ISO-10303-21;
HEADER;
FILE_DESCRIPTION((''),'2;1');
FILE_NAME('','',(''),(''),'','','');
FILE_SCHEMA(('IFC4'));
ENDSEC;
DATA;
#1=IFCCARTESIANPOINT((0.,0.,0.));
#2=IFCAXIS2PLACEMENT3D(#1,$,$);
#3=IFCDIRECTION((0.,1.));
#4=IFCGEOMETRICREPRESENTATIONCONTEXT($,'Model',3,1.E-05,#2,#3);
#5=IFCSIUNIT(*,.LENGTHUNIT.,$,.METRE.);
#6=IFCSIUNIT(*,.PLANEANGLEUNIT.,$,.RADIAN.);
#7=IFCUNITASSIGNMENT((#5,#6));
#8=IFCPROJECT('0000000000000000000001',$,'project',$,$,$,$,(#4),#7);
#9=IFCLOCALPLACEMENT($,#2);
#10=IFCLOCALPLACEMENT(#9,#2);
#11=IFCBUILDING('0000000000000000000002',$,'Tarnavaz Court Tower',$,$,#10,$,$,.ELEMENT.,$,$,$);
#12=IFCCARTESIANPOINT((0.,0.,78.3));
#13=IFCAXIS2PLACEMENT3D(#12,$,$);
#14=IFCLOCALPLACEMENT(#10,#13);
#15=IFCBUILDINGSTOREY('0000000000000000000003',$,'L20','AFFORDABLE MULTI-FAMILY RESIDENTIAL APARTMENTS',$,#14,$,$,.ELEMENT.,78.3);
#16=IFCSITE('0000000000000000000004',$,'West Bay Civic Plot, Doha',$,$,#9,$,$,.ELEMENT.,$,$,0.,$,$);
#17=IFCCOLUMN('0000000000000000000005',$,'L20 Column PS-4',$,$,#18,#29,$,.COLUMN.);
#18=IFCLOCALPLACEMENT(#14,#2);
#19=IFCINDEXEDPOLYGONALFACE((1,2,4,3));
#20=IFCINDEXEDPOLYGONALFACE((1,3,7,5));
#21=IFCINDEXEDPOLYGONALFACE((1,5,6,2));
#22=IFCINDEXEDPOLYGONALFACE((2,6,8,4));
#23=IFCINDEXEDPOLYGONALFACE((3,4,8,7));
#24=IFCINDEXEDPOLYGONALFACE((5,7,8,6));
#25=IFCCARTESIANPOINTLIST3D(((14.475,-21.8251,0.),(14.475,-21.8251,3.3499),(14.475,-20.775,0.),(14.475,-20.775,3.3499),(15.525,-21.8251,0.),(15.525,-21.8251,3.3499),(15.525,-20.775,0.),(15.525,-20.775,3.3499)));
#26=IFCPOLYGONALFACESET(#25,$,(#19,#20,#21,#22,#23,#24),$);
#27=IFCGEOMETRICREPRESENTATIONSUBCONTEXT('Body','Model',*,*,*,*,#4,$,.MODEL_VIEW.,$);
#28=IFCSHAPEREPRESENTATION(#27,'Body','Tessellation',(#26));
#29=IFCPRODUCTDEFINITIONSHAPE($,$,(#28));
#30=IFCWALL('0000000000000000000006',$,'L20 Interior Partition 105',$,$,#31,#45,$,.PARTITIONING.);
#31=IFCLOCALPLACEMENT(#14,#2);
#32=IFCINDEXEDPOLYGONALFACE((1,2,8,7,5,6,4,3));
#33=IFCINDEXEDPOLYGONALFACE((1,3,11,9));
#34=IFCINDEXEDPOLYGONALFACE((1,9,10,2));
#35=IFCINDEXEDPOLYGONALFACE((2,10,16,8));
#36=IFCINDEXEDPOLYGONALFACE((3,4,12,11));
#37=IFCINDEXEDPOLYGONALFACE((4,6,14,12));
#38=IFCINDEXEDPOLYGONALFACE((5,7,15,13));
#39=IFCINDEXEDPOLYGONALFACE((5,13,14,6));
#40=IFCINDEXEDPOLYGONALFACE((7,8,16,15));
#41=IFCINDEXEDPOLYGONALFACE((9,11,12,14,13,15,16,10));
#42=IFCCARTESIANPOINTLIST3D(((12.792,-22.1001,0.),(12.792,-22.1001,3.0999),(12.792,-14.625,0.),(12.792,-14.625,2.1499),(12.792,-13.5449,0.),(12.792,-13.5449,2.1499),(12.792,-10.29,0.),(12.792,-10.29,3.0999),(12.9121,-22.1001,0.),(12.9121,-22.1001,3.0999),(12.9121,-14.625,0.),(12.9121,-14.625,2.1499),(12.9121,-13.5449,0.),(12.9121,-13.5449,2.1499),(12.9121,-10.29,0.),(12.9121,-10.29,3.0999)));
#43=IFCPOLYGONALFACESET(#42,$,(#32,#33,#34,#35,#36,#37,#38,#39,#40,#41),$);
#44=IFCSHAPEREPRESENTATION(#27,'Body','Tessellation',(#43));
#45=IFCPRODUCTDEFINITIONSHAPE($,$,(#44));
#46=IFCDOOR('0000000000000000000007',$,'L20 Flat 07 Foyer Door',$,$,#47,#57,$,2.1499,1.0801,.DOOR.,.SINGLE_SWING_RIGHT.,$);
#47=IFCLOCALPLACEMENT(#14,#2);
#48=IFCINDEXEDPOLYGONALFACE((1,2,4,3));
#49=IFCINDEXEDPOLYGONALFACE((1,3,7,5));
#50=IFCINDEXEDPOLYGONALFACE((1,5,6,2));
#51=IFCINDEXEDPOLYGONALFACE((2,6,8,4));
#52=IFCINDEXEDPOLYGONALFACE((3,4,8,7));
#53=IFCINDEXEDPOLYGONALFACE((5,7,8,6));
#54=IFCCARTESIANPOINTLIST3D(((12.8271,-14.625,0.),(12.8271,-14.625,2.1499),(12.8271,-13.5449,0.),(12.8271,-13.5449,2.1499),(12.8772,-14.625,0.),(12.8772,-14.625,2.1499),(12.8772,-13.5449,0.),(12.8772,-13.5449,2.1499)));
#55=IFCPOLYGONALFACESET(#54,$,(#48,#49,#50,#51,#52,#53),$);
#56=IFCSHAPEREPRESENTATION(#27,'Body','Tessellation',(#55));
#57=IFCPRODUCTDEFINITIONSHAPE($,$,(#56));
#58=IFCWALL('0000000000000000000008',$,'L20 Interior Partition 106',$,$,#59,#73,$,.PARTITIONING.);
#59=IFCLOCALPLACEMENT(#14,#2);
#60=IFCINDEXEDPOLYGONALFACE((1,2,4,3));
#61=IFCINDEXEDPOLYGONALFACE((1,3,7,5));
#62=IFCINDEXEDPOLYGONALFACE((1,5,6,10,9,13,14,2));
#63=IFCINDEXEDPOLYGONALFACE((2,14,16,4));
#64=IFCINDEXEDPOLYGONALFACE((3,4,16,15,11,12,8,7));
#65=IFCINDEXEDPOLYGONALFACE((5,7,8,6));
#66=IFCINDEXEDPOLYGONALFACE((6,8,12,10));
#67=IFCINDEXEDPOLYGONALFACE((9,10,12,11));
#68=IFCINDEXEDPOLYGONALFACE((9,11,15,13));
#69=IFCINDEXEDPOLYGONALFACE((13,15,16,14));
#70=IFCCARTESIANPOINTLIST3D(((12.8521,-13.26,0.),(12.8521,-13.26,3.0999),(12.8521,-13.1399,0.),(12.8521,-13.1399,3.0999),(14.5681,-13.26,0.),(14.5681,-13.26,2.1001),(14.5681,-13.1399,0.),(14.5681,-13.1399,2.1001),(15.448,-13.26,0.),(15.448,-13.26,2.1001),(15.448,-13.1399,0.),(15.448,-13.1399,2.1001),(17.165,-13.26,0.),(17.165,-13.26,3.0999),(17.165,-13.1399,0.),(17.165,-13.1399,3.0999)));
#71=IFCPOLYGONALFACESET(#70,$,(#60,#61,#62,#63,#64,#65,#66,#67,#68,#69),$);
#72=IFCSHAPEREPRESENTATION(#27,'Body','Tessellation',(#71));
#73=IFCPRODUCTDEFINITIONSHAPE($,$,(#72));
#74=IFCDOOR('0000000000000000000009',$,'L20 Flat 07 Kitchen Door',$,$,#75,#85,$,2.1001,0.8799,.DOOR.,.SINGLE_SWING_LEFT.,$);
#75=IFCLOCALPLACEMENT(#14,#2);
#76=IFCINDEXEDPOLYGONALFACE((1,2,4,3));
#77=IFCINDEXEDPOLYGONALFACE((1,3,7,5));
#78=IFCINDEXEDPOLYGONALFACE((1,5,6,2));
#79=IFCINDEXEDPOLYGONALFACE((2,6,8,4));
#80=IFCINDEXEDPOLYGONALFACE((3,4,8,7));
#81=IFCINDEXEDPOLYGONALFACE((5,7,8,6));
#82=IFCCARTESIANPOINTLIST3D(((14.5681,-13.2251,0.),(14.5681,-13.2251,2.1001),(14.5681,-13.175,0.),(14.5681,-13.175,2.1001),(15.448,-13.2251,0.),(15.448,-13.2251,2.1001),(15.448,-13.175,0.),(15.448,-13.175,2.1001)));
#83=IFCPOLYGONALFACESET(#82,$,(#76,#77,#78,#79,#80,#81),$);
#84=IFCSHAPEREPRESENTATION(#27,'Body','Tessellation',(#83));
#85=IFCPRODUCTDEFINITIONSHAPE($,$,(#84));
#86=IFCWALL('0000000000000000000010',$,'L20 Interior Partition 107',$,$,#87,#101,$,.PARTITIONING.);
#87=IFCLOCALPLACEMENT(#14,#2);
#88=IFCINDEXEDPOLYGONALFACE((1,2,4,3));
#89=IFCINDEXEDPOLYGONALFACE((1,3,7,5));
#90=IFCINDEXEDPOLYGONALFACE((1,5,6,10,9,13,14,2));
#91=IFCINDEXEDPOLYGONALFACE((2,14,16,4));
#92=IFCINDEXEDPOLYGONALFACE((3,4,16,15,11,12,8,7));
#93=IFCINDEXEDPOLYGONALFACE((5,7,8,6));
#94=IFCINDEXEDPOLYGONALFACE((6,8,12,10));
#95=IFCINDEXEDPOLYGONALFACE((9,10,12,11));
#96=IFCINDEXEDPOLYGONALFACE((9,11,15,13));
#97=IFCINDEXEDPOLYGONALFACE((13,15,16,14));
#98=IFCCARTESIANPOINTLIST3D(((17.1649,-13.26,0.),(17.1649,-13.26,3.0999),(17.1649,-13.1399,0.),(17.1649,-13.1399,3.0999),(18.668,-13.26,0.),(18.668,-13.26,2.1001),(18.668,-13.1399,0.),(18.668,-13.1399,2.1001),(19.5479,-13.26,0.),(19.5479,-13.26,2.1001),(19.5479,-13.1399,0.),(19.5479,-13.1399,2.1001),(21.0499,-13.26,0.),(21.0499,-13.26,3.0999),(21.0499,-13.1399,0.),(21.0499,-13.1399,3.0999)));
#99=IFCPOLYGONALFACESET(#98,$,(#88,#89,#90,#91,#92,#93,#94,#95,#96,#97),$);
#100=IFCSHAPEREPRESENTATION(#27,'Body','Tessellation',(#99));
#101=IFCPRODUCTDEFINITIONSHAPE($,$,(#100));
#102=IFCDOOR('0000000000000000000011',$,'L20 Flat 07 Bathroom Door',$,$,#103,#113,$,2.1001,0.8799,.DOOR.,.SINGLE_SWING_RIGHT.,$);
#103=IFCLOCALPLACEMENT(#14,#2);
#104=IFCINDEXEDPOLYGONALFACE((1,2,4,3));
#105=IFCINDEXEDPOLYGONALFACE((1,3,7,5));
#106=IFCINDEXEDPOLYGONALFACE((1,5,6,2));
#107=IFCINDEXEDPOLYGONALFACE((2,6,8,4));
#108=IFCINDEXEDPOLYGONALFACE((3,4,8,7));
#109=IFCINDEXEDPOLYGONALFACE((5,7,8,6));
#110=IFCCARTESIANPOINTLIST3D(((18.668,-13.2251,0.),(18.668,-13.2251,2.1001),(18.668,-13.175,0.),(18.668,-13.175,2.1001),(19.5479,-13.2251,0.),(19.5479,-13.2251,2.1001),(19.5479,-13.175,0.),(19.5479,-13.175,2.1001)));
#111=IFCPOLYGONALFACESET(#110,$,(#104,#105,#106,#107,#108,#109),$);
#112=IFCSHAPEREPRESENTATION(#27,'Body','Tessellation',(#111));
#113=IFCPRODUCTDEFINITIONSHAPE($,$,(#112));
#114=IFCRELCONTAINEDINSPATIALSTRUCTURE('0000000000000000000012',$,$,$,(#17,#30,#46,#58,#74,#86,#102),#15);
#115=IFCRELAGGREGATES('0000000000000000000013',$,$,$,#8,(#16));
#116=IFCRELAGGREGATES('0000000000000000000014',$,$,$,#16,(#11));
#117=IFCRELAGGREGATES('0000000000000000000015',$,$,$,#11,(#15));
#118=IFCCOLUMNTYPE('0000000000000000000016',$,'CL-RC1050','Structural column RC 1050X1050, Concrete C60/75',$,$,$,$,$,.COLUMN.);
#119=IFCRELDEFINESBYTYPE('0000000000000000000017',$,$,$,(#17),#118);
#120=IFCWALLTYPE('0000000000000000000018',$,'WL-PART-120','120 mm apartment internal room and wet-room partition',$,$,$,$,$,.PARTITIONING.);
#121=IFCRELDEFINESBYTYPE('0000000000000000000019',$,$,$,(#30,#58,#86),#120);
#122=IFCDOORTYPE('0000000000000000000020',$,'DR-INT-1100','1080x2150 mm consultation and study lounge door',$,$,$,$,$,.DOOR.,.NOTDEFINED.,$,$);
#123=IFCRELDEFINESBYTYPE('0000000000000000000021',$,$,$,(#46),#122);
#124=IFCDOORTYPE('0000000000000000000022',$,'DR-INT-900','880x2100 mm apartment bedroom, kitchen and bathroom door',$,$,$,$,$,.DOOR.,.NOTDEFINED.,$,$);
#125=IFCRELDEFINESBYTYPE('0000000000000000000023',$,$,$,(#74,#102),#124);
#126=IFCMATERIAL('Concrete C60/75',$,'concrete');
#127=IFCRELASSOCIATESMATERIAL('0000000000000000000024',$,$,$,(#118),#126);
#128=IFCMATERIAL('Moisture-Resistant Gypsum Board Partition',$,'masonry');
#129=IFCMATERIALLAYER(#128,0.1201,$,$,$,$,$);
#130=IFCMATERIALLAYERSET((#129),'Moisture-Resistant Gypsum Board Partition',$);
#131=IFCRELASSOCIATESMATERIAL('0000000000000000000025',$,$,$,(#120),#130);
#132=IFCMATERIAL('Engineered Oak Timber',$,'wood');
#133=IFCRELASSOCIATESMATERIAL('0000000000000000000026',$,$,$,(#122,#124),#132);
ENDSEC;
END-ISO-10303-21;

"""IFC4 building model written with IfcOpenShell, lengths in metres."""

from ifc_helpers import new_model, si_unit, direction, frame, frame_2d, origin, origin_2d, place, context, subcontext, project, spatial, rectangle, extrude, material, layer, layer_set, material_profile, profile_set, type_object, element, fill, save


model = new_model("IFC4")

# Units and contexts
model_context = context("Model", 3, precision=1e-05, world=origin(), true_north=direction((0.0, 1.0)))
body_context = subcontext(model_context, "Body", "Model", "MODEL_VIEW")
ifc_project = project(units=[si_unit("LENGTHUNIT", "METRE"), si_unit("PLANEANGLEUNIT", "RADIAN")], contexts=[model_context])

# Site, building, storey
site_placement = place(None, origin())
site = spatial("IfcSite", under=ifc_project, at=site_placement, Name="West Bay Civic Plot, Doha", CompositionType="ELEMENT", RefElevation=0.0)
building_placement = place(site_placement, origin())
building = spatial("IfcBuilding", under=site, at=building_placement, Name="Tarnavaz Court Tower", CompositionType="ELEMENT")
storey_placement = place(building_placement, frame((0.0, 0.0, 78.3)))
storey = spatial("IfcBuildingStorey", under=building, at=storey_placement, Name="L20", Description="AFFORDABLE MULTI-FAMILY RESIDENTIAL APARTMENTS", CompositionType="ELEMENT", Elevation=78.3)

# Column
ifc_material_1 = material(Name="Concrete C60/75", Category="concrete")
ifc_material_profile_1 = material_profile(ifc_material_1, rectangle(XDim=1.05, YDim=1.05, at=origin_2d()), Name="RC 1050X1050")
ifc_profile_set_1 = profile_set([ifc_material_profile_1], Name="Concrete C60/75")
column_type = type_object("IfcColumnType", Name="CL-RC1050", Description="Structural column RC 1050X1050, Concrete C60/75", PredefinedType="COLUMN", material=ifc_profile_set_1)
column_placement = place(storey_placement, frame((15.0, -21.3, 0.0), z_axis=(0.0, 0.0, 1.0), x_axis=(1.0, 0.0, 0.0)))
element("IfcColumn", 1, at=column_placement, inside=storey, type_object=column_type, Name="L20 Column PS-4", PredefinedType="COLUMN", context=body_context, shape_type="SweptSolid", body=[
    extrude(rectangle(XDim=1.05, YDim=1.05, at=origin_2d()), origin(), (0.0, 0.0, 1.0), 3.3499),
])

# Walls, openings, doors
ifc_material_2 = material(Name="Moisture-Resistant Gypsum Board Partition", Category="masonry")
ifc_layer_1 = layer(ifc_material_2, 0.1201)
ifc_layer_set_1 = layer_set([ifc_layer_1], Name="Moisture-Resistant Gypsum Board Partition")
wall_type_1 = type_object("IfcWallType", Name="WL-PART-120", Description="120 mm apartment internal room and wet-room partition", PredefinedType="PARTITIONING", material=ifc_layer_set_1)
wall_1_placement = place(storey_placement, frame((12.8521, -22.1001, 0.0), z_axis=(0.0, 0.0, 1.0), x_axis=(0.0, 1.0, 0.0)))
wall_1 = element("IfcWall", 2, at=wall_1_placement, inside=storey, type_object=wall_type_1, Name="L20 Interior Partition 105", PredefinedType="PARTITIONING", context=body_context, shape_type="SweptSolid", body=[
    extrude(rectangle(XDim=11.8101, YDim=0.1201, at=frame_2d((5.905, 0.0))), origin(), (0.0, 0.0, 1.0), 3.0999),
])
opening_1_placement = place(wall_1_placement, frame((7.4751, 0.0, 0.0)))
opening_1 = element("IfcOpeningElement", 3, at=opening_1_placement, cuts=wall_1, PredefinedType="OPENING", context=body_context, shape_type="SweptSolid", body=[
    extrude(rectangle(XDim=1.0801, YDim=2.1499, at=frame_2d((0.54, 1.075))), frame((0.0, 0.0701, 0.0), z_axis=(0.0, -1.0, 0.0), x_axis=(1.0, 0.0, 0.0)), (0.0, 0.0, 1.0), 0.1401),
])
ifc_material_3 = material(Name="Engineered Oak Timber", Category="wood")
door_type_1 = type_object("IfcDoorType", Name="DR-INT-1100", Description="1080x2150 mm consultation and study lounge door", OperationType="NOTDEFINED", PredefinedType="DOOR", material=ifc_material_3)
door_1_placement = place(opening_1_placement, origin())
door_1 = element("IfcDoor", 4, at=door_1_placement, inside=storey, type_object=door_type_1, Name="L20 Flat 07 Foyer Door", OperationType="SINGLE_SWING_RIGHT", OverallHeight=2.1499, OverallWidth=1.0801, PredefinedType="DOOR", context=body_context, shape_type="SweptSolid", body=[
    extrude(rectangle(XDim=1.0801, YDim=2.1499, at=frame_2d((0.54, 1.075))), frame((0.0, 0.0249, 0.0), z_axis=(0.0, -1.0, 0.0), x_axis=(1.0, 0.0, 0.0)), (0.0, 0.0, 1.0), 0.05),
])
fill(opening_1, door_1)
wall_2_placement = place(storey_placement, frame((12.8521, -13.2, 0.0), z_axis=(0.0, 0.0, 1.0), x_axis=(1.0, 0.0, 0.0)))
wall_2 = element("IfcWall", 5, at=wall_2_placement, inside=storey, type_object=wall_type_1, Name="L20 Interior Partition 106", PredefinedType="PARTITIONING", context=body_context, shape_type="SweptSolid", body=[
    extrude(rectangle(XDim=4.313, YDim=0.1201, at=frame_2d((2.1565, 0.0))), origin(), (0.0, 0.0, 1.0), 3.0999),
])
opening_2_placement = place(wall_2_placement, frame((1.7161, 0.0, 0.0)))
opening_2 = element("IfcOpeningElement", 6, at=opening_2_placement, cuts=wall_2, PredefinedType="OPENING", context=body_context, shape_type="SweptSolid", body=[
    extrude(rectangle(XDim=0.8799, YDim=2.1001, at=frame_2d((0.4399, 1.05))), frame((0.0, 0.0701, 0.0), z_axis=(0.0, -1.0, 0.0), x_axis=(1.0, 0.0, 0.0)), (0.0, 0.0, 1.0), 0.1401),
])
door_type_2 = type_object("IfcDoorType", Name="DR-INT-900", Description="880x2100 mm apartment bedroom, kitchen and bathroom door", OperationType="NOTDEFINED", PredefinedType="DOOR", material=ifc_material_3)
door_2_placement = place(opening_2_placement, origin())
door_2 = element("IfcDoor", 7, at=door_2_placement, inside=storey, type_object=door_type_2, Name="L20 Flat 07 Kitchen Door", OperationType="SINGLE_SWING_LEFT", OverallHeight=2.1001, OverallWidth=0.8799, PredefinedType="DOOR", context=body_context, shape_type="SweptSolid", body=[
    extrude(rectangle(XDim=0.8799, YDim=2.1001, at=frame_2d((0.4399, 1.05))), frame((0.0, 0.0249, 0.0), z_axis=(0.0, -1.0, 0.0), x_axis=(1.0, 0.0, 0.0)), (0.0, 0.0, 1.0), 0.05),
])
fill(opening_2, door_2)
wall_3_placement = place(storey_placement, frame((17.165, -13.2, 0.0), z_axis=(0.0, 0.0, 1.0), x_axis=(1.0, 0.0, 0.0)))
wall_3 = element("IfcWall", 8, at=wall_3_placement, inside=storey, type_object=wall_type_1, Name="L20 Interior Partition 107", PredefinedType="PARTITIONING", context=body_context, shape_type="SweptSolid", body=[
    extrude(rectangle(XDim=3.885, YDim=0.1201, at=frame_2d((1.9424, 0.0))), origin(), (0.0, 0.0, 1.0), 3.0999),
])
opening_3_placement = place(wall_3_placement, frame((1.5029, 0.0, 0.0)))
opening_3 = element("IfcOpeningElement", 9, at=opening_3_placement, cuts=wall_3, PredefinedType="OPENING", context=body_context, shape_type="SweptSolid", body=[
    extrude(rectangle(XDim=0.8799, YDim=2.1001, at=frame_2d((0.4399, 1.05))), frame((0.0, 0.0701, 0.0), z_axis=(0.0, -1.0, 0.0), x_axis=(1.0, 0.0, 0.0)), (0.0, 0.0, 1.0), 0.1401),
])
door_3_placement = place(opening_3_placement, origin())
door_3 = element("IfcDoor", 10, at=door_3_placement, inside=storey, type_object=door_type_2, Name="L20 Flat 07 Bathroom Door", OperationType="SINGLE_SWING_RIGHT", OverallHeight=2.1001, OverallWidth=0.8799, PredefinedType="DOOR", context=body_context, shape_type="SweptSolid", body=[
    extrude(rectangle(XDim=0.8799, YDim=2.1001, at=frame_2d((0.4399, 1.05))), frame((0.0, 0.0249, 0.0), z_axis=(0.0, -1.0, 0.0), x_axis=(1.0, 0.0, 0.0)), (0.0, 0.0, 1.0), 0.05),
])
fill(opening_3, door_3)

save(model, "model.ifc")
